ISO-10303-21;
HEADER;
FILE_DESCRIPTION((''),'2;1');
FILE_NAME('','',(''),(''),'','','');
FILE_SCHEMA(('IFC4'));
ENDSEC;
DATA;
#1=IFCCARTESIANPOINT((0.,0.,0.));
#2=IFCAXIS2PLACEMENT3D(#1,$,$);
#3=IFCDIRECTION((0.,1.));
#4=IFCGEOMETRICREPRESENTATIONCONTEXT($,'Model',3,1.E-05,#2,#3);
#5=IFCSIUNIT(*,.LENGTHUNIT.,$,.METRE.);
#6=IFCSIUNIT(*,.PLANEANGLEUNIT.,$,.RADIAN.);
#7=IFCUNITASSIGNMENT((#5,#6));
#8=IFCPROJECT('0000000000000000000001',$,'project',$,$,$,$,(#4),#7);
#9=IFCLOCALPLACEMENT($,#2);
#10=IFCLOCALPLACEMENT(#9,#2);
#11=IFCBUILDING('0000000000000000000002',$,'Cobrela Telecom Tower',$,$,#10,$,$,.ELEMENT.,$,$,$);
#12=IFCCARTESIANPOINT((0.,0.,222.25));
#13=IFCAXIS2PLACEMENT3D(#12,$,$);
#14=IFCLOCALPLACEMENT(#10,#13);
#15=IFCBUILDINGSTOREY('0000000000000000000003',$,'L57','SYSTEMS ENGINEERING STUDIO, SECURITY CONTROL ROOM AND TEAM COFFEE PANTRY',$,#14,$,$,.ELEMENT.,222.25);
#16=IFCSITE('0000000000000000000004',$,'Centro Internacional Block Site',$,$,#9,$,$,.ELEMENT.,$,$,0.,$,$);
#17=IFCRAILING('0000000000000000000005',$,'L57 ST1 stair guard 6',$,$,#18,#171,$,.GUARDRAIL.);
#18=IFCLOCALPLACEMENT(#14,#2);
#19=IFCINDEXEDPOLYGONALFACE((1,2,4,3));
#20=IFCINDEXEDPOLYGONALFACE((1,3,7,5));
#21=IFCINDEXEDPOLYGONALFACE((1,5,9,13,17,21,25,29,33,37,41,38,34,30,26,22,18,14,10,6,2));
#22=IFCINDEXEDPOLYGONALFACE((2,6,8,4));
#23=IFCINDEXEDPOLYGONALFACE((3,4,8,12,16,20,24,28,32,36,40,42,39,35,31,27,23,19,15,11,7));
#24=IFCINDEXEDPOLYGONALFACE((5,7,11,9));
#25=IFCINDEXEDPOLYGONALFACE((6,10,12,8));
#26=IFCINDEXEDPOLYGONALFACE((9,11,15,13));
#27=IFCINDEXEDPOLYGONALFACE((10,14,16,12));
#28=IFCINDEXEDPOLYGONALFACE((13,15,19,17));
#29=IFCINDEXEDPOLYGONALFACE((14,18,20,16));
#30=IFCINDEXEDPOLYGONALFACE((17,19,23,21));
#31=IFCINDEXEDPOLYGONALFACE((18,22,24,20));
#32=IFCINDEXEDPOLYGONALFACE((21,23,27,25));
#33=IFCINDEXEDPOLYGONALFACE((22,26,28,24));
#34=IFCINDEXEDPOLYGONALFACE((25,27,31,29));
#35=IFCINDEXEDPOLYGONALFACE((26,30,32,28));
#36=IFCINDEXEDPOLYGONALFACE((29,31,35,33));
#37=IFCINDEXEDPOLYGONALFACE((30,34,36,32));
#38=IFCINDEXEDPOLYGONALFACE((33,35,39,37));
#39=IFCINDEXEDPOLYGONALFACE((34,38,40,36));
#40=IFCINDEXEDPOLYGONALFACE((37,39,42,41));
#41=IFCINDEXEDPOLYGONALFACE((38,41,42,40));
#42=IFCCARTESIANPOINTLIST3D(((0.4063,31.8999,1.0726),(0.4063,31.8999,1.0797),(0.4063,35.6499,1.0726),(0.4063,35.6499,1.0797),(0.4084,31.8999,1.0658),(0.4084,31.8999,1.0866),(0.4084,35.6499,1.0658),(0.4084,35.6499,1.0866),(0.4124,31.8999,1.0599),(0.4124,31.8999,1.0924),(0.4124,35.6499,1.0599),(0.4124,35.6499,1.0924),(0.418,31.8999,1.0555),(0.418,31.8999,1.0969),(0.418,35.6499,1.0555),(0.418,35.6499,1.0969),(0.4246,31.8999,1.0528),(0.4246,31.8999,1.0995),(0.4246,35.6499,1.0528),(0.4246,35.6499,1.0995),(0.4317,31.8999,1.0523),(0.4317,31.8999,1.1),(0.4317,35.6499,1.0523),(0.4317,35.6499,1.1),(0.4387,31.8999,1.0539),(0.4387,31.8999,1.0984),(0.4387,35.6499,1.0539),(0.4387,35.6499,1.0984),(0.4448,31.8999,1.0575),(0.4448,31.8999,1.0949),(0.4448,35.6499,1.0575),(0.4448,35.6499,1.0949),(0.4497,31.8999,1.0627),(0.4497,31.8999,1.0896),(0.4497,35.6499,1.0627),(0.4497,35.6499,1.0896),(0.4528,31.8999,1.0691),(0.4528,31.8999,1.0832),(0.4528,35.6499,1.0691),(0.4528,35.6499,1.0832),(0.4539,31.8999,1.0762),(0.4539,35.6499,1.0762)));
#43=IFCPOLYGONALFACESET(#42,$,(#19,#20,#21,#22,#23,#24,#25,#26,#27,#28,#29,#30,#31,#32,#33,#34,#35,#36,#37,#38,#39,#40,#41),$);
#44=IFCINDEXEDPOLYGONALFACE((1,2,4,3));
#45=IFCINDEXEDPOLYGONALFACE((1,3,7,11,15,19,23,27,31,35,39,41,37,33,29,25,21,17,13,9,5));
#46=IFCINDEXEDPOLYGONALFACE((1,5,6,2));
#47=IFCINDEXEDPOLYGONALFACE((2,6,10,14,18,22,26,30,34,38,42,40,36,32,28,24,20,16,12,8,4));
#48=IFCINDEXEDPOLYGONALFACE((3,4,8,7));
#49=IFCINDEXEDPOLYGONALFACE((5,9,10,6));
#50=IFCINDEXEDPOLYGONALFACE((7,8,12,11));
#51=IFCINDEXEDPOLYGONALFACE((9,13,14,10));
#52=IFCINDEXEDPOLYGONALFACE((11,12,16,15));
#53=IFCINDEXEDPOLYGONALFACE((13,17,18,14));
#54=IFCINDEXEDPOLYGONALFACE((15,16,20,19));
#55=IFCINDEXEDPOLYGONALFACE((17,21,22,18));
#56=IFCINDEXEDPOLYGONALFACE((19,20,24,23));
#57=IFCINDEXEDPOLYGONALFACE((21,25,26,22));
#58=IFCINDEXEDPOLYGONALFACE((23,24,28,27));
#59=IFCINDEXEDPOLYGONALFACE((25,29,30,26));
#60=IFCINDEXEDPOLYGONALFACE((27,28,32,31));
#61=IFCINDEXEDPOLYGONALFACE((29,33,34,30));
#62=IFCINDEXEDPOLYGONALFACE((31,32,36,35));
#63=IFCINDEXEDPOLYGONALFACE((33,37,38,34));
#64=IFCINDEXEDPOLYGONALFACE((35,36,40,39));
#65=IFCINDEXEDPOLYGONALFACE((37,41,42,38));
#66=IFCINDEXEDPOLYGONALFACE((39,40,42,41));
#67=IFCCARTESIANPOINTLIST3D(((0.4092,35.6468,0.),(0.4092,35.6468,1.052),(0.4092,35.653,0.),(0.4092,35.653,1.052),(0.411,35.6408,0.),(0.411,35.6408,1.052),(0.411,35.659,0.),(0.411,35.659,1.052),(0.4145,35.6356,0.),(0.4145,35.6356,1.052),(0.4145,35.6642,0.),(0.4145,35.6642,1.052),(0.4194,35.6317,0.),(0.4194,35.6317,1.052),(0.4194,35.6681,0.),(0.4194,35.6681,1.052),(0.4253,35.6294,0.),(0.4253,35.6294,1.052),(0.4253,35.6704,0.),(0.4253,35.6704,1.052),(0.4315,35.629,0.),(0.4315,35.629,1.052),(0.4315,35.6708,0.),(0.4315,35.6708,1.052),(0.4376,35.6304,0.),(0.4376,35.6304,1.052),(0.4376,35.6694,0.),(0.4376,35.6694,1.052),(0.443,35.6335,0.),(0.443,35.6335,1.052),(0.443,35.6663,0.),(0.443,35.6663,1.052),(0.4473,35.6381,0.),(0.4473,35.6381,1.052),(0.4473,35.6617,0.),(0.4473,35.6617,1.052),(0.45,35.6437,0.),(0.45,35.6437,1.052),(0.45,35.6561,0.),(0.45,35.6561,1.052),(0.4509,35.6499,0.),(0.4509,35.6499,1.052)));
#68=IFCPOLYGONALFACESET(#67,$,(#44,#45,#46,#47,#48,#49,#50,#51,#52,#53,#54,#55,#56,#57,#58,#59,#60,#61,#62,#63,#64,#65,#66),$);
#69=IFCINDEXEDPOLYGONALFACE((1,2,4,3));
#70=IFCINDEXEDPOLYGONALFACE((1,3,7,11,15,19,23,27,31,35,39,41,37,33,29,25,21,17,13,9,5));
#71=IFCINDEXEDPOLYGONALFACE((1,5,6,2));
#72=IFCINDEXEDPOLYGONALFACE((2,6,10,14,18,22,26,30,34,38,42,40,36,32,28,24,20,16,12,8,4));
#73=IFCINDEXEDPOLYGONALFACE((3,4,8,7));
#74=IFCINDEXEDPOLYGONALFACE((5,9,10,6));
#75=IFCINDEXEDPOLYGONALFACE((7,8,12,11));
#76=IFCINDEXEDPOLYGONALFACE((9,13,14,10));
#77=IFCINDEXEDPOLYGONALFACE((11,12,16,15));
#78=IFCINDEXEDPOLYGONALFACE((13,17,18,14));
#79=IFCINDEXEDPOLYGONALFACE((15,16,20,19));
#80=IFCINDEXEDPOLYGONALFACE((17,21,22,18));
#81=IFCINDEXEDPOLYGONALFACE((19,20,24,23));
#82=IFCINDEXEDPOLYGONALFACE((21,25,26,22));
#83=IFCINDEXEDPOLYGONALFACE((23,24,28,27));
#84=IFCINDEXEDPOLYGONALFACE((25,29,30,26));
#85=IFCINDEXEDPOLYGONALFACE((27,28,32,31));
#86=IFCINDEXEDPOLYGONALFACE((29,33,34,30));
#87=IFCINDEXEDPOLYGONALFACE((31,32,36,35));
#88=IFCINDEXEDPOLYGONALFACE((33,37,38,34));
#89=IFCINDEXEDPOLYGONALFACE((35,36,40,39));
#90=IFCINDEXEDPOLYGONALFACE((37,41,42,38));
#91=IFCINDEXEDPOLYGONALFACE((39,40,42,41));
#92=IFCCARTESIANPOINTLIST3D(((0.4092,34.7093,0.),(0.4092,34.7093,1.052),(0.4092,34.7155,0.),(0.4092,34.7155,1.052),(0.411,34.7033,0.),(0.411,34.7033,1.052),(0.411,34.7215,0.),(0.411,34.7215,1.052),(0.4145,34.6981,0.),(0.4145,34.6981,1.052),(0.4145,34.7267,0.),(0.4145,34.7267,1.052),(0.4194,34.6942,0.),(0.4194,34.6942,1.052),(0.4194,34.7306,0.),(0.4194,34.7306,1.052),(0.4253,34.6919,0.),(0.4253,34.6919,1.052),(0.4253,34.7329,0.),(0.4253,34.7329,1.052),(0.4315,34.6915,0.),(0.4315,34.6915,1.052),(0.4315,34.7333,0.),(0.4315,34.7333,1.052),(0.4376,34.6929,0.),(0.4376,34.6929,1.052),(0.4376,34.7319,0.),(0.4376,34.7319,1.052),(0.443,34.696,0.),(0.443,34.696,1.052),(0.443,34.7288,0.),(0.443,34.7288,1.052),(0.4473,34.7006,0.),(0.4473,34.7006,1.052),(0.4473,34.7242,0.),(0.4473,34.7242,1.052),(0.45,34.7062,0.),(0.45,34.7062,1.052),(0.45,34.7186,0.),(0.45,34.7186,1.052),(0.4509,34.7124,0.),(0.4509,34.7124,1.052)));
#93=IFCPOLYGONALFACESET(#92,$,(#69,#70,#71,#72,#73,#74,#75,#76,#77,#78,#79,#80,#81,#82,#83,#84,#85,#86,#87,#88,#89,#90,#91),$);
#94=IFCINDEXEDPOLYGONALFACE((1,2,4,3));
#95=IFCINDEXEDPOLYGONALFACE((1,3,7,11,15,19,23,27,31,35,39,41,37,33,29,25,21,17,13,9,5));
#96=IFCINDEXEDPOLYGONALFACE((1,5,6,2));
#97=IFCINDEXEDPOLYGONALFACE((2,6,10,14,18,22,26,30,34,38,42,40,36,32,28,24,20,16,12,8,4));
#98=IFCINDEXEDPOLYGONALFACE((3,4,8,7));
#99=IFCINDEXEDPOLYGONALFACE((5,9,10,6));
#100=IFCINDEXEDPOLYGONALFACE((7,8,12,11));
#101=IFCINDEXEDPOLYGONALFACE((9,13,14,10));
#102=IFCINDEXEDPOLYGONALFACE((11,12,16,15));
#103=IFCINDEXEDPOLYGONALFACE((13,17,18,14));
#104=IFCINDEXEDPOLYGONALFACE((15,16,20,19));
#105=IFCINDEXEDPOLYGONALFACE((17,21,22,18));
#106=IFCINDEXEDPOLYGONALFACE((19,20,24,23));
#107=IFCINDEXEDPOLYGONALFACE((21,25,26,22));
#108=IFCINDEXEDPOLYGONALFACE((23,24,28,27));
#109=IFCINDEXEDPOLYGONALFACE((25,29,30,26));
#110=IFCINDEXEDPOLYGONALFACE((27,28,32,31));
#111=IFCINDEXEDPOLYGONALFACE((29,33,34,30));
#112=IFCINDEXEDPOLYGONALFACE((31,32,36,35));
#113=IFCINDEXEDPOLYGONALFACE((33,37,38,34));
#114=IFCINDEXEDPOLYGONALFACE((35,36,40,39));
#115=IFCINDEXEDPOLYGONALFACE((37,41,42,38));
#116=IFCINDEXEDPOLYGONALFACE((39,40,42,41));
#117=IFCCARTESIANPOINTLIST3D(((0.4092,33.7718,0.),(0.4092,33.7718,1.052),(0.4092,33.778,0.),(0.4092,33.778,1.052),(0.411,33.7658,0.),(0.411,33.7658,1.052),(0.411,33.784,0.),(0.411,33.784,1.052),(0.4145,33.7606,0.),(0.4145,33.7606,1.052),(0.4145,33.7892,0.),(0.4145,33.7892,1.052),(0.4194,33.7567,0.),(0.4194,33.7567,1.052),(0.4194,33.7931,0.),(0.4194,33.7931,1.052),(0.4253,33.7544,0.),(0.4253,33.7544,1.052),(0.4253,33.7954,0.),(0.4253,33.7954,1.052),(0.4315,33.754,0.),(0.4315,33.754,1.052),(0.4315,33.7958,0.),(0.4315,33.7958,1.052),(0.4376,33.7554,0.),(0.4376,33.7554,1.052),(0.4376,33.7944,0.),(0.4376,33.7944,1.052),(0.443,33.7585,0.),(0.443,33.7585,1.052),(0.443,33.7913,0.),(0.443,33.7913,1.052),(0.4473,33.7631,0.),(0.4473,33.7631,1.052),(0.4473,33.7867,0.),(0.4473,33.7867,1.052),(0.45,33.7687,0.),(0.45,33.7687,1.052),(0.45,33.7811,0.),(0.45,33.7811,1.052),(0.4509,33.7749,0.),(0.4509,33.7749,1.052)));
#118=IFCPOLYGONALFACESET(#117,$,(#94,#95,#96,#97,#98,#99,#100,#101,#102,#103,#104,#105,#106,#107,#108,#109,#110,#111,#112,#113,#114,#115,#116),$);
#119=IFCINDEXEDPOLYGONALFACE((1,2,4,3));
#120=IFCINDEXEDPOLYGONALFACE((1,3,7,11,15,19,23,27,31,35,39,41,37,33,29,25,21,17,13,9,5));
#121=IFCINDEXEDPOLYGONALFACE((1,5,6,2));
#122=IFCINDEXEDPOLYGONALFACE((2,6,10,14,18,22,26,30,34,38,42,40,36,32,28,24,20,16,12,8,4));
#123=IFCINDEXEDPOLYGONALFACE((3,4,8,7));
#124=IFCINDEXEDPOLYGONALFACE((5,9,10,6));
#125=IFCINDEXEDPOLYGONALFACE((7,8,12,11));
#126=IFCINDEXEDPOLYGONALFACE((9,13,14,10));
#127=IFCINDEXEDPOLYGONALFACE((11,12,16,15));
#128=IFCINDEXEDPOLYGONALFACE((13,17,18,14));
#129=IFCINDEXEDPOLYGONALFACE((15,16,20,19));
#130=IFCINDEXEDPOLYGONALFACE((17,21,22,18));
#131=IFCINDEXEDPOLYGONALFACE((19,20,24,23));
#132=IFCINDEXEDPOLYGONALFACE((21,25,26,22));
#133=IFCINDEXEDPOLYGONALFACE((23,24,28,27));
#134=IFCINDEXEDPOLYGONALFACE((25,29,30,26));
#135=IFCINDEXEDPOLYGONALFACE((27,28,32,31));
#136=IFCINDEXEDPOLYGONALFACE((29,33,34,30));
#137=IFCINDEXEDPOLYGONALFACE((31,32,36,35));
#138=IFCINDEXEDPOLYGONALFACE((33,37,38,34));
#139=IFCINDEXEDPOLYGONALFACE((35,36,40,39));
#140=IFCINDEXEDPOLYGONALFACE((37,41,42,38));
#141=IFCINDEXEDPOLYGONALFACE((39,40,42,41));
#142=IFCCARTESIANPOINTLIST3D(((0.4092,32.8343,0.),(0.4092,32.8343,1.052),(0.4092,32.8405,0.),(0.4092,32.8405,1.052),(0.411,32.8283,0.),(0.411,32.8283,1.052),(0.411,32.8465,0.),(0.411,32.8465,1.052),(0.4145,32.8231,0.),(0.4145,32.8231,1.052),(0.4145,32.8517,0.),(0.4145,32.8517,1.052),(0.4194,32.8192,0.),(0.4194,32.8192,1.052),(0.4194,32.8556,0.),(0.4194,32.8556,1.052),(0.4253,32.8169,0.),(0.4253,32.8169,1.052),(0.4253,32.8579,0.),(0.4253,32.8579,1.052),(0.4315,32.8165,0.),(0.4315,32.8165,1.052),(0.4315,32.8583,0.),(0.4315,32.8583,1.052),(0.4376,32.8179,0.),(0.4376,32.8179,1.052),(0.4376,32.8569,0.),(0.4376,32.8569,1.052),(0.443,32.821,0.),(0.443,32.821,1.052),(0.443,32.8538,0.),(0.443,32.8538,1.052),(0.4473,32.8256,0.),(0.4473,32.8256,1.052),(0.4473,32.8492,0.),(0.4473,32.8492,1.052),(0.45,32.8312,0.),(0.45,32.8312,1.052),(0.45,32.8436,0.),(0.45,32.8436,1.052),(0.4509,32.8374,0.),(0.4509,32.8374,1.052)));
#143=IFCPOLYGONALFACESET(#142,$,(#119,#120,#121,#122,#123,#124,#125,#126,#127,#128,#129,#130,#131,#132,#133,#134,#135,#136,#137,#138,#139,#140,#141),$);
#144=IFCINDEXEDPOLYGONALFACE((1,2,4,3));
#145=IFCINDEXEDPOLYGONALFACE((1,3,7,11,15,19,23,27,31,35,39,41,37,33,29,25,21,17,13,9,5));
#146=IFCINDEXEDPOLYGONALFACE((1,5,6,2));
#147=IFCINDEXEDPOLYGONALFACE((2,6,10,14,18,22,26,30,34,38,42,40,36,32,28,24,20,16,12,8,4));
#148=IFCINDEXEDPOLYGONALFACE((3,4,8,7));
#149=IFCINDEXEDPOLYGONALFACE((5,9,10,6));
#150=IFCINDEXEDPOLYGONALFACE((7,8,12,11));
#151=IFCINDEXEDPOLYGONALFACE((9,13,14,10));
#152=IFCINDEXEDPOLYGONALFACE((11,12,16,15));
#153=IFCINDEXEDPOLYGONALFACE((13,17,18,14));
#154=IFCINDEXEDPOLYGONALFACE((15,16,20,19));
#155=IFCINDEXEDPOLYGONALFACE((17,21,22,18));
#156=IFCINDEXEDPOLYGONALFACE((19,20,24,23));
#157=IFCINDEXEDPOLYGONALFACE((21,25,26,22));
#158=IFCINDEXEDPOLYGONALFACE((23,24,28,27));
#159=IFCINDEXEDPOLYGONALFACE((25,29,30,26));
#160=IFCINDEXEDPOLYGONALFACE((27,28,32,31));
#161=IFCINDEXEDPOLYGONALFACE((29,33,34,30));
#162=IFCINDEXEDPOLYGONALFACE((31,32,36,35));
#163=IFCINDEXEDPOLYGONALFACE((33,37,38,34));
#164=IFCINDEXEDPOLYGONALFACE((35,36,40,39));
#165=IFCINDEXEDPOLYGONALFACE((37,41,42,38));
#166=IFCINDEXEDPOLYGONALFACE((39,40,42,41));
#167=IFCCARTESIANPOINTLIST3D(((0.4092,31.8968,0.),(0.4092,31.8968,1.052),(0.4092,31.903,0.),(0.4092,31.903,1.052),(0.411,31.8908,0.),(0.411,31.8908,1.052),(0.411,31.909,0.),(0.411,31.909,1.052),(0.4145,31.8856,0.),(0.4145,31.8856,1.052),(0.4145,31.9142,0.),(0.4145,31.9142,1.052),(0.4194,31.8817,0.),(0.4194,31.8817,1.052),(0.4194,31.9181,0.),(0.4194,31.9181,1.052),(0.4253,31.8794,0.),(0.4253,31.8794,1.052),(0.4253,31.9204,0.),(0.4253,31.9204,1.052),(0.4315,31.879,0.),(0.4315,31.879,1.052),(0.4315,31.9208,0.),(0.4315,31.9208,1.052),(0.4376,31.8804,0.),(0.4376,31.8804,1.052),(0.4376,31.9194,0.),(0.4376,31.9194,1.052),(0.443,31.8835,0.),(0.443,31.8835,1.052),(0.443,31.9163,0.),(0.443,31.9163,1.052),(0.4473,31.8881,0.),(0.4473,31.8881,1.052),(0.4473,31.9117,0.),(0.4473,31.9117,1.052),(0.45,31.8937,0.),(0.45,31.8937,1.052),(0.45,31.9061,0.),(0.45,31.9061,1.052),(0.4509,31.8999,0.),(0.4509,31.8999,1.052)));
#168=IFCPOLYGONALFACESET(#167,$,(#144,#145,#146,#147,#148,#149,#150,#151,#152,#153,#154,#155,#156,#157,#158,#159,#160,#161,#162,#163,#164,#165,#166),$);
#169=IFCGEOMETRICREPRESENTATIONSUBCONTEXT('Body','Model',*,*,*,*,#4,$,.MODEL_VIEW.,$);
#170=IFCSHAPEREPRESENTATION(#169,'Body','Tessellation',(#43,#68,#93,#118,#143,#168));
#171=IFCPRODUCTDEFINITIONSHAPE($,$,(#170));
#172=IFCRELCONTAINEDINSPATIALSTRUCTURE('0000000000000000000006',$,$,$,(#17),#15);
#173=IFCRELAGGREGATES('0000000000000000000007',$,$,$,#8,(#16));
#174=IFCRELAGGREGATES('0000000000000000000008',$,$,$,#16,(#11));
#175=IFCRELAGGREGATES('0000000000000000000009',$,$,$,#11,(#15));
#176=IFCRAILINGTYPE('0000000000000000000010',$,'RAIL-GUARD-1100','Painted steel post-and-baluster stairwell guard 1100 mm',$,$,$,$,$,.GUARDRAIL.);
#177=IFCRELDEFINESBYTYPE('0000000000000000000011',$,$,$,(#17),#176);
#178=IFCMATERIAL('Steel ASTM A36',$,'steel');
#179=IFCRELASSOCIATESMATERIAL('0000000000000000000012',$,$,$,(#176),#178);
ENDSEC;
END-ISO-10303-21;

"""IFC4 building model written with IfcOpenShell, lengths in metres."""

from ifc_helpers import new_model, si_unit, direction, frame, origin, origin_2d, place, context, subcontext, project, spatial, circle, extrude, material, type_object, element, save


model = new_model("IFC4")

# Units and contexts
model_context = context("Model", 3, precision=1e-05, world=origin(), true_north=direction((0.0, 1.0)))
body_context = subcontext(model_context, "Body", "Model", "MODEL_VIEW")
ifc_project = project(units=[si_unit("LENGTHUNIT", "METRE"), si_unit("PLANEANGLEUNIT", "RADIAN")], contexts=[model_context])

# Site, building, storey
site_placement = place(None, origin())
site = spatial("IfcSite", under=ifc_project, at=site_placement, Name="Centro Internacional Block Site", CompositionType="ELEMENT", RefElevation=0.0)
building_placement = place(site_placement, origin())
building = spatial("IfcBuilding", under=site, at=building_placement, Name="Cobrela Telecom Tower", CompositionType="ELEMENT")
storey_placement = place(building_placement, frame((0.0, 0.0, 222.25)))
storey = spatial("IfcBuildingStorey", under=building, at=storey_placement, Name="L57", Description="SYSTEMS ENGINEERING STUDIO, SECURITY CONTROL ROOM AND TEAM COFFEE PANTRY", CompositionType="ELEMENT", Elevation=222.25)

# Shared definitions
ifc_material_1 = material(Name="Steel ASTM A36", Category="steel")

# Railing
railing_type_1 = type_object("IfcRailingType", Name="RAIL-GUARD-1100", Description="Painted steel post-and-baluster stairwell guard 1100 mm", PredefinedType="GUARDRAIL", material=ifc_material_1)
railing_1_placement = place(storey_placement, frame((0.4299, 35.6499, 0.0)))
element("IfcRailing", 1, at=railing_1_placement, inside=storey, type_object=railing_type_1, Name="L57 ST1 stair guard 6", PredefinedType="GUARDRAIL", context=body_context, shape_type="SweptSolid", body=[
    extrude(circle(Radius=0.0239, at=origin_2d()), frame((0.0, 0.0, 1.0762), z_axis=(0.0, -1.0, 0.0), x_axis=(1.0, 0.0, 0.0)), (0.0, 0.0, 1.0), 3.75),
    extrude(circle(Radius=0.021, at=origin_2d()), origin(), (0.0, 0.0, 1.0), 1.052),
    extrude(circle(Radius=0.021, at=origin_2d()), frame((0.0, -0.9375, 0.0)), (0.0, 0.0, 1.0), 1.052),
    extrude(circle(Radius=0.021, at=origin_2d()), frame((0.0, -1.875, 0.0)), (0.0, 0.0, 1.0), 1.052),
    extrude(circle(Radius=0.021, at=origin_2d()), frame((0.0, -2.8125, 0.0)), (0.0, 0.0, 1.0), 1.052),
    extrude(circle(Radius=0.021, at=origin_2d()), frame((0.0, -3.75, 0.0)), (0.0, 0.0, 1.0), 1.052),
])

save(model, "model.ifc")
